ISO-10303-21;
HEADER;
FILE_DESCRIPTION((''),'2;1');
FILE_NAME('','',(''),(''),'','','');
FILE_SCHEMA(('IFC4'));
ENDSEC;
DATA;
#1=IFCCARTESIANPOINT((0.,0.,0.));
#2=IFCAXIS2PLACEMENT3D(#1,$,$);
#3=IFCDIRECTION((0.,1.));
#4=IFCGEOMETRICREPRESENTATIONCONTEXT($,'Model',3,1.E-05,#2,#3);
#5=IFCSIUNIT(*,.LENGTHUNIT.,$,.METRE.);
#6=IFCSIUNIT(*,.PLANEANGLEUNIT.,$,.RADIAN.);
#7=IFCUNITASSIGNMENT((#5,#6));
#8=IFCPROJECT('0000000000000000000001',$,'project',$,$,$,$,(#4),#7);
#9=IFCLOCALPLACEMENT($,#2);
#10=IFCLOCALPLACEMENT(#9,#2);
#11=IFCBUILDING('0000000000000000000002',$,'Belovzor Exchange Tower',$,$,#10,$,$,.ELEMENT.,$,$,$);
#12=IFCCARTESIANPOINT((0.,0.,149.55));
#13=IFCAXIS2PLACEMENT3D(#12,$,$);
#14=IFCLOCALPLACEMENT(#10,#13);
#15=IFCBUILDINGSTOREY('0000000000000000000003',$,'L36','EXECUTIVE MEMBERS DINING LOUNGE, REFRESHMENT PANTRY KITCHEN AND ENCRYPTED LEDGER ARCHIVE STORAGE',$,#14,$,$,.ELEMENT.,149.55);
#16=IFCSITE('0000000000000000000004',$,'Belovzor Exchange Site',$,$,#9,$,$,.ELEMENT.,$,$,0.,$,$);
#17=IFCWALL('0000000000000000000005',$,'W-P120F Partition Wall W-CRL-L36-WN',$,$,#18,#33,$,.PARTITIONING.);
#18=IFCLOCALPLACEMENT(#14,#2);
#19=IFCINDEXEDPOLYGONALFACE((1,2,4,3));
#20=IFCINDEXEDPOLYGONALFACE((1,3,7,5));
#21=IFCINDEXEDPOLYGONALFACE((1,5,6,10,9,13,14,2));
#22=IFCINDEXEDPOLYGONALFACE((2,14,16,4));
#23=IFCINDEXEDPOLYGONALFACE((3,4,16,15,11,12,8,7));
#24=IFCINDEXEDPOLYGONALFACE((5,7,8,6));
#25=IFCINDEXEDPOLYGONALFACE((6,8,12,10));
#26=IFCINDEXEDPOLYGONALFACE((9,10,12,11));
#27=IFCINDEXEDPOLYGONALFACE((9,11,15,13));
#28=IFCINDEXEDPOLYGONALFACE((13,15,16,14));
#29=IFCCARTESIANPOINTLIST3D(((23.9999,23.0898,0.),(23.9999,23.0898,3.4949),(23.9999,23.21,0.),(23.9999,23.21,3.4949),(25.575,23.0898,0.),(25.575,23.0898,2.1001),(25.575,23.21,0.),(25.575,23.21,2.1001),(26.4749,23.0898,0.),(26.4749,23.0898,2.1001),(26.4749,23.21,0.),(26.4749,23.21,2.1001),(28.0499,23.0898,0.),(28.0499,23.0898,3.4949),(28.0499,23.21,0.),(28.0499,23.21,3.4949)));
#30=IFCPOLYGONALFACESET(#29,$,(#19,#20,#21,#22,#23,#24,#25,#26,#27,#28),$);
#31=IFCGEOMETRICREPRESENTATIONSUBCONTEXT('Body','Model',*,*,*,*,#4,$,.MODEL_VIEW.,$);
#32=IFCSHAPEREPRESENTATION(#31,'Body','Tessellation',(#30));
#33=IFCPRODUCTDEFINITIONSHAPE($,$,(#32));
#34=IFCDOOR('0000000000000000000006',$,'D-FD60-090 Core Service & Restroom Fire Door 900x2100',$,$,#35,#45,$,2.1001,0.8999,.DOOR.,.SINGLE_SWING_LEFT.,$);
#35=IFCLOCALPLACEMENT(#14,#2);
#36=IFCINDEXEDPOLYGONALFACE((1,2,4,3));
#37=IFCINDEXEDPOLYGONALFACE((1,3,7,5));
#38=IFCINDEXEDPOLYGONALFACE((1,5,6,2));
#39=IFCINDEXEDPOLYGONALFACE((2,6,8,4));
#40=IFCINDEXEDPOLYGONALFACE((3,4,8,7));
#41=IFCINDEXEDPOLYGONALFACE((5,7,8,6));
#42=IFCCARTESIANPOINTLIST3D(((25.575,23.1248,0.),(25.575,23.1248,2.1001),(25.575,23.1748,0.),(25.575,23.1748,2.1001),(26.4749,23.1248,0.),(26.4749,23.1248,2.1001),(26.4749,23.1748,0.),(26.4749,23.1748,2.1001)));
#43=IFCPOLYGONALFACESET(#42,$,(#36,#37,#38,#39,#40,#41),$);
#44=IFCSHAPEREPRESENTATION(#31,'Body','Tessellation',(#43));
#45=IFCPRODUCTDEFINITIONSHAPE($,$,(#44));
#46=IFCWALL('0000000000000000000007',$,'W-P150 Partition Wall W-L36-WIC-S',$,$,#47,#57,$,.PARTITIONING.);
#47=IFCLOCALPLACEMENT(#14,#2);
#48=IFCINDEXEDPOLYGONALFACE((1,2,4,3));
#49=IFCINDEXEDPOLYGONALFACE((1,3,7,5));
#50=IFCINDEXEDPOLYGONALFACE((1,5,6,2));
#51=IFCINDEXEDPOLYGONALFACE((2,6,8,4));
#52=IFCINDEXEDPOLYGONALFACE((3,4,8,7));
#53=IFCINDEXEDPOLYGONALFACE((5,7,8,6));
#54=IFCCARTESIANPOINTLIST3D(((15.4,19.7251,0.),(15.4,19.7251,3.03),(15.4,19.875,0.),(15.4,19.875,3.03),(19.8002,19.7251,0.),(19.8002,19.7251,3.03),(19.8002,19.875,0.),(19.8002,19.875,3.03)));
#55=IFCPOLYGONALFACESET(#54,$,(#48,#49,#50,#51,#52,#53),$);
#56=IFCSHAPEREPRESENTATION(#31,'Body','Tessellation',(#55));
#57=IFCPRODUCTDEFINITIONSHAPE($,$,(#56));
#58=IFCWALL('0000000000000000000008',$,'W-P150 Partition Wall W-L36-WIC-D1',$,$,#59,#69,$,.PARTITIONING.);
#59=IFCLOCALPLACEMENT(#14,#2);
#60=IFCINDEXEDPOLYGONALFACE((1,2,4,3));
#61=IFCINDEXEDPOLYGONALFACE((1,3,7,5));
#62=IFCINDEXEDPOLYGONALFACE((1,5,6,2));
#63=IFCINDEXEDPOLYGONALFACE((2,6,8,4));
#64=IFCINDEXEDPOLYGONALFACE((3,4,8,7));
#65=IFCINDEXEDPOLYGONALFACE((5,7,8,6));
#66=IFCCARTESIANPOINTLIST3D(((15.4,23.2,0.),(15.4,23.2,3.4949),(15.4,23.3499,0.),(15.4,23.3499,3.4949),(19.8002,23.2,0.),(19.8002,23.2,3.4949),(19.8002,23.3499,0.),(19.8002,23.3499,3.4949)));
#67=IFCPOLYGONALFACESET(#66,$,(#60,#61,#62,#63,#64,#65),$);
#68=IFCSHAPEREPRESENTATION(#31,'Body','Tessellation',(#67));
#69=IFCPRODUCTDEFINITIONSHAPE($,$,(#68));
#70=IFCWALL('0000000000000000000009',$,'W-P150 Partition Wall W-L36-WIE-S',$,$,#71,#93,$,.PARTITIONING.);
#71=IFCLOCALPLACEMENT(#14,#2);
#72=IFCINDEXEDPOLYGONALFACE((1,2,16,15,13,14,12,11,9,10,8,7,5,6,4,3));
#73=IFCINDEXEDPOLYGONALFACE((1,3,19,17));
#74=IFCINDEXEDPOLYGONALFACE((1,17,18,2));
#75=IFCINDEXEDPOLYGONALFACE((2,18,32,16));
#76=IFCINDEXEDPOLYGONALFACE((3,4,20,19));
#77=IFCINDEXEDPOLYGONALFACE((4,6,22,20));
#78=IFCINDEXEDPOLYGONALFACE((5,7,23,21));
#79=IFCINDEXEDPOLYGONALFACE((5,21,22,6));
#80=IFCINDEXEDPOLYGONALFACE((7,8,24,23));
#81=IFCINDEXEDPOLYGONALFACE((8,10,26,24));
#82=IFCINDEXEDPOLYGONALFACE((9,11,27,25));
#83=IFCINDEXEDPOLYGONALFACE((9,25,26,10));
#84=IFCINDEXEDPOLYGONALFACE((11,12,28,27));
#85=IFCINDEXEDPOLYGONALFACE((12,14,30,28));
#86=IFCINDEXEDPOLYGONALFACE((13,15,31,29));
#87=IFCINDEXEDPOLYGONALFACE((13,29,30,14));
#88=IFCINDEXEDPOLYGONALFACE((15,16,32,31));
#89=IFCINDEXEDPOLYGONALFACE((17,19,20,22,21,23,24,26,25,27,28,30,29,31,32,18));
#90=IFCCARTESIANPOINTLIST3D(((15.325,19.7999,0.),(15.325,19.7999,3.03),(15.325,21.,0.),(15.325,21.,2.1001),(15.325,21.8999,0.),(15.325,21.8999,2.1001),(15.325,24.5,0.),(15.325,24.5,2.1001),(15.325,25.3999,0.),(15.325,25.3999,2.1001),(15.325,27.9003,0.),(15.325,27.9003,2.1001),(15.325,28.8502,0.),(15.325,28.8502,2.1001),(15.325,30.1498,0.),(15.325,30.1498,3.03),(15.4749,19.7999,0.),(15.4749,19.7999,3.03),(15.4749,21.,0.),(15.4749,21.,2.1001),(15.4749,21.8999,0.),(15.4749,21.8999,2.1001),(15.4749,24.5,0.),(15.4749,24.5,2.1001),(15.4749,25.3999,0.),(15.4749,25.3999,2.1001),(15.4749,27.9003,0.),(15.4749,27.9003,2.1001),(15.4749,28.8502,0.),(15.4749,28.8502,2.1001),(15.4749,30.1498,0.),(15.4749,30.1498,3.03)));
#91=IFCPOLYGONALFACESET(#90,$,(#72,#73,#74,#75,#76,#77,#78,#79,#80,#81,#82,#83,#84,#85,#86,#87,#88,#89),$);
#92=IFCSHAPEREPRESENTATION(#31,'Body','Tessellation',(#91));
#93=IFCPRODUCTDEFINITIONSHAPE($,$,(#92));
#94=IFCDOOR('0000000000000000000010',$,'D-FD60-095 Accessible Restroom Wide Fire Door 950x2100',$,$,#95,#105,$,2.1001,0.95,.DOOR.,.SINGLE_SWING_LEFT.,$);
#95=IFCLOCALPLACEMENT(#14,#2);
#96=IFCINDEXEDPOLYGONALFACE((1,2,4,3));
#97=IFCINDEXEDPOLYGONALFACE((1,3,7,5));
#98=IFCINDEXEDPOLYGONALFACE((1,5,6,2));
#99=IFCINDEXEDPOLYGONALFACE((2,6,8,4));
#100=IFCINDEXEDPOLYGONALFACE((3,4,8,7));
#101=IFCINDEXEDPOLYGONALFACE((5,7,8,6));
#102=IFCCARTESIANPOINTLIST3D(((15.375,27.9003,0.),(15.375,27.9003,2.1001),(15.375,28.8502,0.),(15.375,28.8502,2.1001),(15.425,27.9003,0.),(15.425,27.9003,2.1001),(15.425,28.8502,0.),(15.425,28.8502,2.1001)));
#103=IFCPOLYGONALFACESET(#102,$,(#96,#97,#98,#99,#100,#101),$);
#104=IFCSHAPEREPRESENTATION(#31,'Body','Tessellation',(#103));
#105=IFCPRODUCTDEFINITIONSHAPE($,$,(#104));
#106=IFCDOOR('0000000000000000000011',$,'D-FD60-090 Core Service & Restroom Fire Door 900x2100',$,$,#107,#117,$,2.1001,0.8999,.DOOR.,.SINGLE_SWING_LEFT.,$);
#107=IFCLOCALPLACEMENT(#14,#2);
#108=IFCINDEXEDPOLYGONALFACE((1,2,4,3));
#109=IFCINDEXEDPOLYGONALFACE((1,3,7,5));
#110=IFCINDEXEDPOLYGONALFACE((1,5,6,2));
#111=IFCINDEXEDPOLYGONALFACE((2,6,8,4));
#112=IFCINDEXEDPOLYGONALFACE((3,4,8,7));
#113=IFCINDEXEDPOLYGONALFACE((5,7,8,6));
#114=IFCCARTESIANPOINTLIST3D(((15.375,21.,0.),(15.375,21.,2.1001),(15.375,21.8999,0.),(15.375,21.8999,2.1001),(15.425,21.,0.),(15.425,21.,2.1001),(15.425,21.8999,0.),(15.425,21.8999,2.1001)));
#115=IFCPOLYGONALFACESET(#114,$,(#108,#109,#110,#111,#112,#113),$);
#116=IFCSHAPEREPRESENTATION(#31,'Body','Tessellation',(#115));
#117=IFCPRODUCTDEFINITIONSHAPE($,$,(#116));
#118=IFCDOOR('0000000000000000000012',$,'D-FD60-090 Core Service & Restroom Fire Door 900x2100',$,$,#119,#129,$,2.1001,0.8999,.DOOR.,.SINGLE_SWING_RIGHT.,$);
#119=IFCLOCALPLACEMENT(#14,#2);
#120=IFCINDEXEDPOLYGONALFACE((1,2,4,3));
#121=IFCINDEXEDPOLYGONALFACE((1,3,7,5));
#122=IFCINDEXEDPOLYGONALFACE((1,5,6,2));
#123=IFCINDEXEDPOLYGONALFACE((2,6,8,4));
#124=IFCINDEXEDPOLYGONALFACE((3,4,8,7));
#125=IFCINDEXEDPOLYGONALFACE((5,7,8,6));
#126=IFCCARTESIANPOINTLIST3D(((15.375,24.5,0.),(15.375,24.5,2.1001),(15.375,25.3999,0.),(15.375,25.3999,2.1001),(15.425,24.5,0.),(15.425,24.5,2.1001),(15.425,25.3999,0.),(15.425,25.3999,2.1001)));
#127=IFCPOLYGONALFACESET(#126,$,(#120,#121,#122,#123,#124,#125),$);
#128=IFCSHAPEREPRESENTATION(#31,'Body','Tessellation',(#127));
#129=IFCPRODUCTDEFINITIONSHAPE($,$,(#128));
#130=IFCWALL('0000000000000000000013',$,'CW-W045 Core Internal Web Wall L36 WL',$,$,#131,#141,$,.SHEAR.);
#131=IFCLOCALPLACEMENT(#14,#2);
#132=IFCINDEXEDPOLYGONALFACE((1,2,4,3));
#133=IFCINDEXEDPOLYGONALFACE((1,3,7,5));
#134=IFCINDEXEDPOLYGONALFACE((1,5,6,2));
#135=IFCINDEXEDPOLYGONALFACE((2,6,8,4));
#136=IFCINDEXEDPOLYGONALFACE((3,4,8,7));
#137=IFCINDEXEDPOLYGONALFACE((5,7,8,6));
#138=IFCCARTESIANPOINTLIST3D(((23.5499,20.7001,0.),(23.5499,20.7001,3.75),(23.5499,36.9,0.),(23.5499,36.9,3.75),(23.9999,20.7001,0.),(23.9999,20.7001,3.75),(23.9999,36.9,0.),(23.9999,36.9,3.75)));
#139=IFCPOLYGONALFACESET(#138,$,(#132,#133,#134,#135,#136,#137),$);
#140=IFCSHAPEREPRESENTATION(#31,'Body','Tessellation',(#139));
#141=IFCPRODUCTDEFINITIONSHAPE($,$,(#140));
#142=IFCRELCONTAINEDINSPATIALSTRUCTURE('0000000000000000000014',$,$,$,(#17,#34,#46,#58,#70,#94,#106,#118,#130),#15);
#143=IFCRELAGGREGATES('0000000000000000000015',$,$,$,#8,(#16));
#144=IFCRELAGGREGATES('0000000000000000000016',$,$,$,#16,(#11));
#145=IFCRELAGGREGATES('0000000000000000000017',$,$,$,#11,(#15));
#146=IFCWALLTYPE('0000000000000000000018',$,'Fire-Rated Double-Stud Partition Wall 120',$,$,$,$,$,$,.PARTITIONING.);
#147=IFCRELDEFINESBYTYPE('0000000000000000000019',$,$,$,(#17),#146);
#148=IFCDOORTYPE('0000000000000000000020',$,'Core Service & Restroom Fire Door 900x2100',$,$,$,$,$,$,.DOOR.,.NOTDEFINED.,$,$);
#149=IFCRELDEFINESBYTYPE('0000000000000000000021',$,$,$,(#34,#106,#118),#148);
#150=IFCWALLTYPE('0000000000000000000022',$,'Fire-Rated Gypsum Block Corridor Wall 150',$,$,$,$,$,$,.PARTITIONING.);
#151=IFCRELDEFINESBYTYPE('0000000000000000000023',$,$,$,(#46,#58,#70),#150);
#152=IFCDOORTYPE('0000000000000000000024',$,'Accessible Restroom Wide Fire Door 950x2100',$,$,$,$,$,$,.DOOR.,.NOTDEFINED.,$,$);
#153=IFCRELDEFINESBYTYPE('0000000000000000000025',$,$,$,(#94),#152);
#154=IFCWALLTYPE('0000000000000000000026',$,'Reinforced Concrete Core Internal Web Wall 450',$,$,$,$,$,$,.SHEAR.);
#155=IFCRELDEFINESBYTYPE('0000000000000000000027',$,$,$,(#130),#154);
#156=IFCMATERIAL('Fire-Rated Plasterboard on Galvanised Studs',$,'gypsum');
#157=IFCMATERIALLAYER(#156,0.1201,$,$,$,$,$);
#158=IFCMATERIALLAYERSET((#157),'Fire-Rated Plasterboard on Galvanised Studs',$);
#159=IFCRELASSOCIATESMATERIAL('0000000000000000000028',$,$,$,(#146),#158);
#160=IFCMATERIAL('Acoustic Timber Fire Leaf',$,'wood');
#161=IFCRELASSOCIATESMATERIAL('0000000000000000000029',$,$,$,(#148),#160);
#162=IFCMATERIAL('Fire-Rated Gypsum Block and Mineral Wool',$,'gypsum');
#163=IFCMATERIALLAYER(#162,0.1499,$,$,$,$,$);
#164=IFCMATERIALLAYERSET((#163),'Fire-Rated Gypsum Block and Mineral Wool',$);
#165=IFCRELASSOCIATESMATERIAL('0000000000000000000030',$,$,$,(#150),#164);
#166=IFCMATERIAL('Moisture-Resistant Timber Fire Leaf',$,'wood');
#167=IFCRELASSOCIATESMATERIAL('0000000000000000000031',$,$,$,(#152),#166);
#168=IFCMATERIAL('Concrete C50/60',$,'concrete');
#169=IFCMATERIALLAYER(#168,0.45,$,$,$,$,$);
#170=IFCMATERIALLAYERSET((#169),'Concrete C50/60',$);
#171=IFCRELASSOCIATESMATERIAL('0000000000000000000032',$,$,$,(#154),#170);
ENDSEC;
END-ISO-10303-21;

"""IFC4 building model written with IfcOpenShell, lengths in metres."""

from ifc_helpers import new_model, si_unit, direction, frame, frame_2d, origin, place, context, subcontext, project, spatial, rectangle, extrude, material, layer, layer_set, type_object, element, fill, save


model = new_model("IFC4")

# Units and contexts
model_context = context("Model", 3, precision=1e-05, world=origin(), true_north=direction((0.0, 1.0)))
body_context = subcontext(model_context, "Body", "Model", "MODEL_VIEW")
ifc_project = project(units=[si_unit("LENGTHUNIT", "METRE"), si_unit("PLANEANGLEUNIT", "RADIAN")], contexts=[model_context])

# Site, building, storey
site_placement = place(None, origin())
site = spatial("IfcSite", under=ifc_project, at=site_placement, Name="Belovzor Exchange Site", CompositionType="ELEMENT", RefElevation=0.0)
building_placement = place(site_placement, origin())
building = spatial("IfcBuilding", under=site, at=building_placement, Name="Belovzor Exchange Tower", CompositionType="ELEMENT")
storey_placement = place(building_placement, frame((0.0, 0.0, 149.55)))
storey = spatial("IfcBuildingStorey", under=building, at=storey_placement, Name="L36", Description="EXECUTIVE MEMBERS DINING LOUNGE, REFRESHMENT PANTRY KITCHEN AND ENCRYPTED LEDGER ARCHIVE STORAGE", CompositionType="ELEMENT", Elevation=149.55)

# Wall, opening, door
ifc_material_1 = material(Name="Fire-Rated Plasterboard on Galvanised Studs", Category="gypsum")
ifc_layer_1 = layer(ifc_material_1, 0.1201)
ifc_layer_set_1 = layer_set([ifc_layer_1], Name="Fire-Rated Plasterboard on Galvanised Studs")
wall_type_1 = type_object("IfcWallType", Name="Fire-Rated Double-Stud Partition Wall 120", PredefinedType="PARTITIONING", material=ifc_layer_set_1)
wall_1_placement = place(storey_placement, frame((24.0, 23.1499, 0.0), z_axis=(0.0, 0.0, 1.0), x_axis=(1.0, 0.0, 0.0)))
wall_1 = element("IfcWall", 1, at=wall_1_placement, inside=storey, type_object=wall_type_1, Name="W-P120F Partition Wall W-CRL-L36-WN", PredefinedType="PARTITIONING", context=body_context, shape_type="SweptSolid", body=[
    extrude(rectangle(XDim=4.05, YDim=0.1201, at=frame_2d((2.0249, 0.0))), origin(), (0.0, 0.0, 1.0), 3.4949),
])
opening_1_placement = place(wall_1_placement, frame((1.575, 0.0, 0.0)))
opening_1 = element("IfcOpeningElement", 2, at=opening_1_placement, cuts=wall_1, PredefinedType="OPENING", context=body_context, shape_type="SweptSolid", body=[
    extrude(rectangle(XDim=0.8999, YDim=2.1001, at=frame_2d((0.45, 1.05))), frame((0.0, 0.0701, 0.0), z_axis=(0.0, -1.0, 0.0), x_axis=(1.0, 0.0, 0.0)), (0.0, 0.0, 1.0), 0.1401),
])
ifc_material_2 = material(Name="Acoustic Timber Fire Leaf", Category="wood")
door_type_1 = type_object("IfcDoorType", Name="Core Service & Restroom Fire Door 900x2100", OperationType="NOTDEFINED", PredefinedType="DOOR", material=ifc_material_2)
door_1_placement = place(opening_1_placement, origin())
door_1 = element("IfcDoor", 3, at=door_1_placement, inside=storey, type_object=door_type_1, Name="D-FD60-090 Core Service & Restroom Fire Door 900x2100", OperationType="SINGLE_SWING_LEFT", OverallHeight=2.1001, OverallWidth=0.8999, PredefinedType="DOOR", context=body_context, shape_type="SweptSolid", body=[
    extrude(rectangle(XDim=0.8999, YDim=2.1001, at=frame_2d((0.45, 1.05))), frame((0.0, 0.0249, 0.0), z_axis=(0.0, -1.0, 0.0), x_axis=(1.0, 0.0, 0.0)), (0.0, 0.0, 1.0), 0.05),
])
fill(opening_1, door_1)

# Walls
ifc_material_3 = material(Name="Fire-Rated Gypsum Block and Mineral Wool", Category="gypsum")
ifc_layer_2 = layer(ifc_material_3, 0.1499)
ifc_layer_set_2 = layer_set([ifc_layer_2], Name="Fire-Rated Gypsum Block and Mineral Wool")
wall_type_2 = type_object("IfcWallType", Name="Fire-Rated Gypsum Block Corridor Wall 150", PredefinedType="PARTITIONING", material=ifc_layer_set_2)
wall_2_placement = place(storey_placement, frame((15.3999, 19.8, 0.0), z_axis=(0.0, 0.0, 1.0), x_axis=(1.0, 0.0, 0.0)))
element("IfcWall", 4, at=wall_2_placement, inside=storey, type_object=wall_type_2, Name="W-P150 Partition Wall W-L36-WIC-S", PredefinedType="PARTITIONING", context=body_context, shape_type="SweptSolid", body=[
    extrude(rectangle(XDim=4.4001, YDim=0.1499, at=frame_2d((2.2002, 0.0))), origin(), (0.0, 0.0, 1.0), 3.03),
])
wall_3_placement = place(storey_placement, frame((15.3999, 23.2749, 0.0), z_axis=(0.0, 0.0, 1.0), x_axis=(1.0, 0.0, 0.0)))
element("IfcWall", 5, at=wall_3_placement, inside=storey, type_object=wall_type_2, Name="W-P150 Partition Wall W-L36-WIC-D1", PredefinedType="PARTITIONING", context=body_context, shape_type="SweptSolid", body=[
    extrude(rectangle(XDim=4.4001, YDim=0.1499, at=frame_2d((2.2002, 0.0))), origin(), (0.0, 0.0, 1.0), 3.4949),
])

# Wall, openings, doors
wall_4_placement = place(storey_placement, frame((15.3999, 19.8, 0.0), z_axis=(0.0, 0.0, 1.0), x_axis=(0.0, 1.0, 0.0)))
wall_4 = element("IfcWall", 6, at=wall_4_placement, inside=storey, type_object=wall_type_2, Name="W-P150 Partition Wall W-L36-WIE-S", PredefinedType="PARTITIONING", context=body_context, shape_type="SweptSolid", body=[
    extrude(rectangle(XDim=10.3499, YDim=0.1499, at=frame_2d((5.1748, 0.0))), origin(), (0.0, 0.0, 1.0), 3.03),
])
opening_2_placement = place(wall_4_placement, frame((1.2, 0.0, 0.0)))
opening_2 = element("IfcOpeningElement", 7, at=opening_2_placement, cuts=wall_4, PredefinedType="OPENING", context=body_context, shape_type="SweptSolid", body=[
    extrude(rectangle(XDim=0.8999, YDim=2.1001, at=frame_2d((0.45, 1.05))), frame((0.0, 0.085, 0.0), z_axis=(0.0, -1.0, 0.0), x_axis=(1.0, 0.0, 0.0)), (0.0, 0.0, 1.0), 0.1699),
])
opening_3_placement = place(wall_4_placement, frame((4.7, 0.0, 0.0)))
opening_3 = element("IfcOpeningElement", 8, at=opening_3_placement, cuts=wall_4, PredefinedType="OPENING", context=body_context, shape_type="SweptSolid", body=[
    extrude(rectangle(XDim=0.8999, YDim=2.1001, at=frame_2d((0.45, 1.05))), frame((0.0, 0.085, 0.0), z_axis=(0.0, -1.0, 0.0), x_axis=(1.0, 0.0, 0.0)), (0.0, 0.0, 1.0), 0.1699),
])
opening_4_placement = place(wall_4_placement, frame((8.1001, 0.0, 0.0)))
opening_4 = element("IfcOpeningElement", 9, at=opening_4_placement, cuts=wall_4, PredefinedType="OPENING", context=body_context, shape_type="SweptSolid", body=[
    extrude(rectangle(XDim=0.95, YDim=2.1001, at=frame_2d((0.4751, 1.05))), frame((0.0, 0.085, 0.0), z_axis=(0.0, -1.0, 0.0), x_axis=(1.0, 0.0, 0.0)), (0.0, 0.0, 1.0), 0.1699),
])
ifc_material_4 = material(Name="Moisture-Resistant Timber Fire Leaf", Category="wood")
door_type_2 = type_object("IfcDoorType", Name="Accessible Restroom Wide Fire Door 950x2100", OperationType="NOTDEFINED", PredefinedType="DOOR", material=ifc_material_4)
door_2_placement = place(opening_4_placement, origin())
door_2 = element("IfcDoor", 10, at=door_2_placement, inside=storey, type_object=door_type_2, Name="D-FD60-095 Accessible Restroom Wide Fire Door 950x2100", OperationType="SINGLE_SWING_LEFT", OverallHeight=2.1001, OverallWidth=0.95, PredefinedType="DOOR", context=body_context, shape_type="SweptSolid", body=[
    extrude(rectangle(XDim=0.95, YDim=2.1001, at=frame_2d((0.4751, 1.05))), frame((0.0, 0.0249, 0.0), z_axis=(0.0, -1.0, 0.0), x_axis=(1.0, 0.0, 0.0)), (0.0, 0.0, 1.0), 0.05),
])
fill(opening_4, door_2)
door_3_placement = place(opening_2_placement, origin())
door_3 = element("IfcDoor", 11, at=door_3_placement, inside=storey, type_object=door_type_1, Name="D-FD60-090 Core Service & Restroom Fire Door 900x2100", OperationType="SINGLE_SWING_LEFT", OverallHeight=2.1001, OverallWidth=0.8999, PredefinedType="DOOR", context=body_context, shape_type="SweptSolid", body=[
    extrude(rectangle(XDim=0.8999, YDim=2.1001, at=frame_2d((0.45, 1.05))), frame((0.0, 0.0249, 0.0), z_axis=(0.0, -1.0, 0.0), x_axis=(1.0, 0.0, 0.0)), (0.0, 0.0, 1.0), 0.05),
])
fill(opening_2, door_3)
door_4_placement = place(opening_3_placement, origin())
door_4 = element("IfcDoor", 12, at=door_4_placement, inside=storey, type_object=door_type_1, Name="D-FD60-090 Core Service & Restroom Fire Door 900x2100", OperationType="SINGLE_SWING_RIGHT", OverallHeight=2.1001, OverallWidth=0.8999, PredefinedType="DOOR", context=body_context, shape_type="SweptSolid", body=[
    extrude(rectangle(XDim=0.8999, YDim=2.1001, at=frame_2d((0.45, 1.05))), frame((0.0, 0.0249, 0.0), z_axis=(0.0, -1.0, 0.0), x_axis=(1.0, 0.0, 0.0)), (0.0, 0.0, 1.0), 0.05),
])
fill(opening_3, door_4)

# Wall
ifc_material_5 = material(Name="Concrete C50/60", Category="concrete")
ifc_layer_3 = layer(ifc_material_5, 0.45)
ifc_layer_set_3 = layer_set([ifc_layer_3], Name="Concrete C50/60")
wall_type_3 = type_object("IfcWallType", Name="Reinforced Concrete Core Internal Web Wall 450", PredefinedType="SHEAR", material=ifc_layer_set_3)
wall_5_placement = place(storey_placement, frame((23.7749, 20.7, 0.0), z_axis=(0.0, 0.0, 1.0), x_axis=(0.0, 1.0, 0.0)))
element("IfcWall", 13, at=wall_5_placement, inside=storey, type_object=wall_type_3, Name="CW-W045 Core Internal Web Wall L36 WL", PredefinedType="SHEAR", context=body_context, shape_type="SweptSolid", body=[
    extrude(rectangle(XDim=16.2, YDim=0.45, at=frame_2d((8.1001, 0.0))), origin(), (0.0, 0.0, 1.0), 3.75),
])

save(model, "model.ifc")
